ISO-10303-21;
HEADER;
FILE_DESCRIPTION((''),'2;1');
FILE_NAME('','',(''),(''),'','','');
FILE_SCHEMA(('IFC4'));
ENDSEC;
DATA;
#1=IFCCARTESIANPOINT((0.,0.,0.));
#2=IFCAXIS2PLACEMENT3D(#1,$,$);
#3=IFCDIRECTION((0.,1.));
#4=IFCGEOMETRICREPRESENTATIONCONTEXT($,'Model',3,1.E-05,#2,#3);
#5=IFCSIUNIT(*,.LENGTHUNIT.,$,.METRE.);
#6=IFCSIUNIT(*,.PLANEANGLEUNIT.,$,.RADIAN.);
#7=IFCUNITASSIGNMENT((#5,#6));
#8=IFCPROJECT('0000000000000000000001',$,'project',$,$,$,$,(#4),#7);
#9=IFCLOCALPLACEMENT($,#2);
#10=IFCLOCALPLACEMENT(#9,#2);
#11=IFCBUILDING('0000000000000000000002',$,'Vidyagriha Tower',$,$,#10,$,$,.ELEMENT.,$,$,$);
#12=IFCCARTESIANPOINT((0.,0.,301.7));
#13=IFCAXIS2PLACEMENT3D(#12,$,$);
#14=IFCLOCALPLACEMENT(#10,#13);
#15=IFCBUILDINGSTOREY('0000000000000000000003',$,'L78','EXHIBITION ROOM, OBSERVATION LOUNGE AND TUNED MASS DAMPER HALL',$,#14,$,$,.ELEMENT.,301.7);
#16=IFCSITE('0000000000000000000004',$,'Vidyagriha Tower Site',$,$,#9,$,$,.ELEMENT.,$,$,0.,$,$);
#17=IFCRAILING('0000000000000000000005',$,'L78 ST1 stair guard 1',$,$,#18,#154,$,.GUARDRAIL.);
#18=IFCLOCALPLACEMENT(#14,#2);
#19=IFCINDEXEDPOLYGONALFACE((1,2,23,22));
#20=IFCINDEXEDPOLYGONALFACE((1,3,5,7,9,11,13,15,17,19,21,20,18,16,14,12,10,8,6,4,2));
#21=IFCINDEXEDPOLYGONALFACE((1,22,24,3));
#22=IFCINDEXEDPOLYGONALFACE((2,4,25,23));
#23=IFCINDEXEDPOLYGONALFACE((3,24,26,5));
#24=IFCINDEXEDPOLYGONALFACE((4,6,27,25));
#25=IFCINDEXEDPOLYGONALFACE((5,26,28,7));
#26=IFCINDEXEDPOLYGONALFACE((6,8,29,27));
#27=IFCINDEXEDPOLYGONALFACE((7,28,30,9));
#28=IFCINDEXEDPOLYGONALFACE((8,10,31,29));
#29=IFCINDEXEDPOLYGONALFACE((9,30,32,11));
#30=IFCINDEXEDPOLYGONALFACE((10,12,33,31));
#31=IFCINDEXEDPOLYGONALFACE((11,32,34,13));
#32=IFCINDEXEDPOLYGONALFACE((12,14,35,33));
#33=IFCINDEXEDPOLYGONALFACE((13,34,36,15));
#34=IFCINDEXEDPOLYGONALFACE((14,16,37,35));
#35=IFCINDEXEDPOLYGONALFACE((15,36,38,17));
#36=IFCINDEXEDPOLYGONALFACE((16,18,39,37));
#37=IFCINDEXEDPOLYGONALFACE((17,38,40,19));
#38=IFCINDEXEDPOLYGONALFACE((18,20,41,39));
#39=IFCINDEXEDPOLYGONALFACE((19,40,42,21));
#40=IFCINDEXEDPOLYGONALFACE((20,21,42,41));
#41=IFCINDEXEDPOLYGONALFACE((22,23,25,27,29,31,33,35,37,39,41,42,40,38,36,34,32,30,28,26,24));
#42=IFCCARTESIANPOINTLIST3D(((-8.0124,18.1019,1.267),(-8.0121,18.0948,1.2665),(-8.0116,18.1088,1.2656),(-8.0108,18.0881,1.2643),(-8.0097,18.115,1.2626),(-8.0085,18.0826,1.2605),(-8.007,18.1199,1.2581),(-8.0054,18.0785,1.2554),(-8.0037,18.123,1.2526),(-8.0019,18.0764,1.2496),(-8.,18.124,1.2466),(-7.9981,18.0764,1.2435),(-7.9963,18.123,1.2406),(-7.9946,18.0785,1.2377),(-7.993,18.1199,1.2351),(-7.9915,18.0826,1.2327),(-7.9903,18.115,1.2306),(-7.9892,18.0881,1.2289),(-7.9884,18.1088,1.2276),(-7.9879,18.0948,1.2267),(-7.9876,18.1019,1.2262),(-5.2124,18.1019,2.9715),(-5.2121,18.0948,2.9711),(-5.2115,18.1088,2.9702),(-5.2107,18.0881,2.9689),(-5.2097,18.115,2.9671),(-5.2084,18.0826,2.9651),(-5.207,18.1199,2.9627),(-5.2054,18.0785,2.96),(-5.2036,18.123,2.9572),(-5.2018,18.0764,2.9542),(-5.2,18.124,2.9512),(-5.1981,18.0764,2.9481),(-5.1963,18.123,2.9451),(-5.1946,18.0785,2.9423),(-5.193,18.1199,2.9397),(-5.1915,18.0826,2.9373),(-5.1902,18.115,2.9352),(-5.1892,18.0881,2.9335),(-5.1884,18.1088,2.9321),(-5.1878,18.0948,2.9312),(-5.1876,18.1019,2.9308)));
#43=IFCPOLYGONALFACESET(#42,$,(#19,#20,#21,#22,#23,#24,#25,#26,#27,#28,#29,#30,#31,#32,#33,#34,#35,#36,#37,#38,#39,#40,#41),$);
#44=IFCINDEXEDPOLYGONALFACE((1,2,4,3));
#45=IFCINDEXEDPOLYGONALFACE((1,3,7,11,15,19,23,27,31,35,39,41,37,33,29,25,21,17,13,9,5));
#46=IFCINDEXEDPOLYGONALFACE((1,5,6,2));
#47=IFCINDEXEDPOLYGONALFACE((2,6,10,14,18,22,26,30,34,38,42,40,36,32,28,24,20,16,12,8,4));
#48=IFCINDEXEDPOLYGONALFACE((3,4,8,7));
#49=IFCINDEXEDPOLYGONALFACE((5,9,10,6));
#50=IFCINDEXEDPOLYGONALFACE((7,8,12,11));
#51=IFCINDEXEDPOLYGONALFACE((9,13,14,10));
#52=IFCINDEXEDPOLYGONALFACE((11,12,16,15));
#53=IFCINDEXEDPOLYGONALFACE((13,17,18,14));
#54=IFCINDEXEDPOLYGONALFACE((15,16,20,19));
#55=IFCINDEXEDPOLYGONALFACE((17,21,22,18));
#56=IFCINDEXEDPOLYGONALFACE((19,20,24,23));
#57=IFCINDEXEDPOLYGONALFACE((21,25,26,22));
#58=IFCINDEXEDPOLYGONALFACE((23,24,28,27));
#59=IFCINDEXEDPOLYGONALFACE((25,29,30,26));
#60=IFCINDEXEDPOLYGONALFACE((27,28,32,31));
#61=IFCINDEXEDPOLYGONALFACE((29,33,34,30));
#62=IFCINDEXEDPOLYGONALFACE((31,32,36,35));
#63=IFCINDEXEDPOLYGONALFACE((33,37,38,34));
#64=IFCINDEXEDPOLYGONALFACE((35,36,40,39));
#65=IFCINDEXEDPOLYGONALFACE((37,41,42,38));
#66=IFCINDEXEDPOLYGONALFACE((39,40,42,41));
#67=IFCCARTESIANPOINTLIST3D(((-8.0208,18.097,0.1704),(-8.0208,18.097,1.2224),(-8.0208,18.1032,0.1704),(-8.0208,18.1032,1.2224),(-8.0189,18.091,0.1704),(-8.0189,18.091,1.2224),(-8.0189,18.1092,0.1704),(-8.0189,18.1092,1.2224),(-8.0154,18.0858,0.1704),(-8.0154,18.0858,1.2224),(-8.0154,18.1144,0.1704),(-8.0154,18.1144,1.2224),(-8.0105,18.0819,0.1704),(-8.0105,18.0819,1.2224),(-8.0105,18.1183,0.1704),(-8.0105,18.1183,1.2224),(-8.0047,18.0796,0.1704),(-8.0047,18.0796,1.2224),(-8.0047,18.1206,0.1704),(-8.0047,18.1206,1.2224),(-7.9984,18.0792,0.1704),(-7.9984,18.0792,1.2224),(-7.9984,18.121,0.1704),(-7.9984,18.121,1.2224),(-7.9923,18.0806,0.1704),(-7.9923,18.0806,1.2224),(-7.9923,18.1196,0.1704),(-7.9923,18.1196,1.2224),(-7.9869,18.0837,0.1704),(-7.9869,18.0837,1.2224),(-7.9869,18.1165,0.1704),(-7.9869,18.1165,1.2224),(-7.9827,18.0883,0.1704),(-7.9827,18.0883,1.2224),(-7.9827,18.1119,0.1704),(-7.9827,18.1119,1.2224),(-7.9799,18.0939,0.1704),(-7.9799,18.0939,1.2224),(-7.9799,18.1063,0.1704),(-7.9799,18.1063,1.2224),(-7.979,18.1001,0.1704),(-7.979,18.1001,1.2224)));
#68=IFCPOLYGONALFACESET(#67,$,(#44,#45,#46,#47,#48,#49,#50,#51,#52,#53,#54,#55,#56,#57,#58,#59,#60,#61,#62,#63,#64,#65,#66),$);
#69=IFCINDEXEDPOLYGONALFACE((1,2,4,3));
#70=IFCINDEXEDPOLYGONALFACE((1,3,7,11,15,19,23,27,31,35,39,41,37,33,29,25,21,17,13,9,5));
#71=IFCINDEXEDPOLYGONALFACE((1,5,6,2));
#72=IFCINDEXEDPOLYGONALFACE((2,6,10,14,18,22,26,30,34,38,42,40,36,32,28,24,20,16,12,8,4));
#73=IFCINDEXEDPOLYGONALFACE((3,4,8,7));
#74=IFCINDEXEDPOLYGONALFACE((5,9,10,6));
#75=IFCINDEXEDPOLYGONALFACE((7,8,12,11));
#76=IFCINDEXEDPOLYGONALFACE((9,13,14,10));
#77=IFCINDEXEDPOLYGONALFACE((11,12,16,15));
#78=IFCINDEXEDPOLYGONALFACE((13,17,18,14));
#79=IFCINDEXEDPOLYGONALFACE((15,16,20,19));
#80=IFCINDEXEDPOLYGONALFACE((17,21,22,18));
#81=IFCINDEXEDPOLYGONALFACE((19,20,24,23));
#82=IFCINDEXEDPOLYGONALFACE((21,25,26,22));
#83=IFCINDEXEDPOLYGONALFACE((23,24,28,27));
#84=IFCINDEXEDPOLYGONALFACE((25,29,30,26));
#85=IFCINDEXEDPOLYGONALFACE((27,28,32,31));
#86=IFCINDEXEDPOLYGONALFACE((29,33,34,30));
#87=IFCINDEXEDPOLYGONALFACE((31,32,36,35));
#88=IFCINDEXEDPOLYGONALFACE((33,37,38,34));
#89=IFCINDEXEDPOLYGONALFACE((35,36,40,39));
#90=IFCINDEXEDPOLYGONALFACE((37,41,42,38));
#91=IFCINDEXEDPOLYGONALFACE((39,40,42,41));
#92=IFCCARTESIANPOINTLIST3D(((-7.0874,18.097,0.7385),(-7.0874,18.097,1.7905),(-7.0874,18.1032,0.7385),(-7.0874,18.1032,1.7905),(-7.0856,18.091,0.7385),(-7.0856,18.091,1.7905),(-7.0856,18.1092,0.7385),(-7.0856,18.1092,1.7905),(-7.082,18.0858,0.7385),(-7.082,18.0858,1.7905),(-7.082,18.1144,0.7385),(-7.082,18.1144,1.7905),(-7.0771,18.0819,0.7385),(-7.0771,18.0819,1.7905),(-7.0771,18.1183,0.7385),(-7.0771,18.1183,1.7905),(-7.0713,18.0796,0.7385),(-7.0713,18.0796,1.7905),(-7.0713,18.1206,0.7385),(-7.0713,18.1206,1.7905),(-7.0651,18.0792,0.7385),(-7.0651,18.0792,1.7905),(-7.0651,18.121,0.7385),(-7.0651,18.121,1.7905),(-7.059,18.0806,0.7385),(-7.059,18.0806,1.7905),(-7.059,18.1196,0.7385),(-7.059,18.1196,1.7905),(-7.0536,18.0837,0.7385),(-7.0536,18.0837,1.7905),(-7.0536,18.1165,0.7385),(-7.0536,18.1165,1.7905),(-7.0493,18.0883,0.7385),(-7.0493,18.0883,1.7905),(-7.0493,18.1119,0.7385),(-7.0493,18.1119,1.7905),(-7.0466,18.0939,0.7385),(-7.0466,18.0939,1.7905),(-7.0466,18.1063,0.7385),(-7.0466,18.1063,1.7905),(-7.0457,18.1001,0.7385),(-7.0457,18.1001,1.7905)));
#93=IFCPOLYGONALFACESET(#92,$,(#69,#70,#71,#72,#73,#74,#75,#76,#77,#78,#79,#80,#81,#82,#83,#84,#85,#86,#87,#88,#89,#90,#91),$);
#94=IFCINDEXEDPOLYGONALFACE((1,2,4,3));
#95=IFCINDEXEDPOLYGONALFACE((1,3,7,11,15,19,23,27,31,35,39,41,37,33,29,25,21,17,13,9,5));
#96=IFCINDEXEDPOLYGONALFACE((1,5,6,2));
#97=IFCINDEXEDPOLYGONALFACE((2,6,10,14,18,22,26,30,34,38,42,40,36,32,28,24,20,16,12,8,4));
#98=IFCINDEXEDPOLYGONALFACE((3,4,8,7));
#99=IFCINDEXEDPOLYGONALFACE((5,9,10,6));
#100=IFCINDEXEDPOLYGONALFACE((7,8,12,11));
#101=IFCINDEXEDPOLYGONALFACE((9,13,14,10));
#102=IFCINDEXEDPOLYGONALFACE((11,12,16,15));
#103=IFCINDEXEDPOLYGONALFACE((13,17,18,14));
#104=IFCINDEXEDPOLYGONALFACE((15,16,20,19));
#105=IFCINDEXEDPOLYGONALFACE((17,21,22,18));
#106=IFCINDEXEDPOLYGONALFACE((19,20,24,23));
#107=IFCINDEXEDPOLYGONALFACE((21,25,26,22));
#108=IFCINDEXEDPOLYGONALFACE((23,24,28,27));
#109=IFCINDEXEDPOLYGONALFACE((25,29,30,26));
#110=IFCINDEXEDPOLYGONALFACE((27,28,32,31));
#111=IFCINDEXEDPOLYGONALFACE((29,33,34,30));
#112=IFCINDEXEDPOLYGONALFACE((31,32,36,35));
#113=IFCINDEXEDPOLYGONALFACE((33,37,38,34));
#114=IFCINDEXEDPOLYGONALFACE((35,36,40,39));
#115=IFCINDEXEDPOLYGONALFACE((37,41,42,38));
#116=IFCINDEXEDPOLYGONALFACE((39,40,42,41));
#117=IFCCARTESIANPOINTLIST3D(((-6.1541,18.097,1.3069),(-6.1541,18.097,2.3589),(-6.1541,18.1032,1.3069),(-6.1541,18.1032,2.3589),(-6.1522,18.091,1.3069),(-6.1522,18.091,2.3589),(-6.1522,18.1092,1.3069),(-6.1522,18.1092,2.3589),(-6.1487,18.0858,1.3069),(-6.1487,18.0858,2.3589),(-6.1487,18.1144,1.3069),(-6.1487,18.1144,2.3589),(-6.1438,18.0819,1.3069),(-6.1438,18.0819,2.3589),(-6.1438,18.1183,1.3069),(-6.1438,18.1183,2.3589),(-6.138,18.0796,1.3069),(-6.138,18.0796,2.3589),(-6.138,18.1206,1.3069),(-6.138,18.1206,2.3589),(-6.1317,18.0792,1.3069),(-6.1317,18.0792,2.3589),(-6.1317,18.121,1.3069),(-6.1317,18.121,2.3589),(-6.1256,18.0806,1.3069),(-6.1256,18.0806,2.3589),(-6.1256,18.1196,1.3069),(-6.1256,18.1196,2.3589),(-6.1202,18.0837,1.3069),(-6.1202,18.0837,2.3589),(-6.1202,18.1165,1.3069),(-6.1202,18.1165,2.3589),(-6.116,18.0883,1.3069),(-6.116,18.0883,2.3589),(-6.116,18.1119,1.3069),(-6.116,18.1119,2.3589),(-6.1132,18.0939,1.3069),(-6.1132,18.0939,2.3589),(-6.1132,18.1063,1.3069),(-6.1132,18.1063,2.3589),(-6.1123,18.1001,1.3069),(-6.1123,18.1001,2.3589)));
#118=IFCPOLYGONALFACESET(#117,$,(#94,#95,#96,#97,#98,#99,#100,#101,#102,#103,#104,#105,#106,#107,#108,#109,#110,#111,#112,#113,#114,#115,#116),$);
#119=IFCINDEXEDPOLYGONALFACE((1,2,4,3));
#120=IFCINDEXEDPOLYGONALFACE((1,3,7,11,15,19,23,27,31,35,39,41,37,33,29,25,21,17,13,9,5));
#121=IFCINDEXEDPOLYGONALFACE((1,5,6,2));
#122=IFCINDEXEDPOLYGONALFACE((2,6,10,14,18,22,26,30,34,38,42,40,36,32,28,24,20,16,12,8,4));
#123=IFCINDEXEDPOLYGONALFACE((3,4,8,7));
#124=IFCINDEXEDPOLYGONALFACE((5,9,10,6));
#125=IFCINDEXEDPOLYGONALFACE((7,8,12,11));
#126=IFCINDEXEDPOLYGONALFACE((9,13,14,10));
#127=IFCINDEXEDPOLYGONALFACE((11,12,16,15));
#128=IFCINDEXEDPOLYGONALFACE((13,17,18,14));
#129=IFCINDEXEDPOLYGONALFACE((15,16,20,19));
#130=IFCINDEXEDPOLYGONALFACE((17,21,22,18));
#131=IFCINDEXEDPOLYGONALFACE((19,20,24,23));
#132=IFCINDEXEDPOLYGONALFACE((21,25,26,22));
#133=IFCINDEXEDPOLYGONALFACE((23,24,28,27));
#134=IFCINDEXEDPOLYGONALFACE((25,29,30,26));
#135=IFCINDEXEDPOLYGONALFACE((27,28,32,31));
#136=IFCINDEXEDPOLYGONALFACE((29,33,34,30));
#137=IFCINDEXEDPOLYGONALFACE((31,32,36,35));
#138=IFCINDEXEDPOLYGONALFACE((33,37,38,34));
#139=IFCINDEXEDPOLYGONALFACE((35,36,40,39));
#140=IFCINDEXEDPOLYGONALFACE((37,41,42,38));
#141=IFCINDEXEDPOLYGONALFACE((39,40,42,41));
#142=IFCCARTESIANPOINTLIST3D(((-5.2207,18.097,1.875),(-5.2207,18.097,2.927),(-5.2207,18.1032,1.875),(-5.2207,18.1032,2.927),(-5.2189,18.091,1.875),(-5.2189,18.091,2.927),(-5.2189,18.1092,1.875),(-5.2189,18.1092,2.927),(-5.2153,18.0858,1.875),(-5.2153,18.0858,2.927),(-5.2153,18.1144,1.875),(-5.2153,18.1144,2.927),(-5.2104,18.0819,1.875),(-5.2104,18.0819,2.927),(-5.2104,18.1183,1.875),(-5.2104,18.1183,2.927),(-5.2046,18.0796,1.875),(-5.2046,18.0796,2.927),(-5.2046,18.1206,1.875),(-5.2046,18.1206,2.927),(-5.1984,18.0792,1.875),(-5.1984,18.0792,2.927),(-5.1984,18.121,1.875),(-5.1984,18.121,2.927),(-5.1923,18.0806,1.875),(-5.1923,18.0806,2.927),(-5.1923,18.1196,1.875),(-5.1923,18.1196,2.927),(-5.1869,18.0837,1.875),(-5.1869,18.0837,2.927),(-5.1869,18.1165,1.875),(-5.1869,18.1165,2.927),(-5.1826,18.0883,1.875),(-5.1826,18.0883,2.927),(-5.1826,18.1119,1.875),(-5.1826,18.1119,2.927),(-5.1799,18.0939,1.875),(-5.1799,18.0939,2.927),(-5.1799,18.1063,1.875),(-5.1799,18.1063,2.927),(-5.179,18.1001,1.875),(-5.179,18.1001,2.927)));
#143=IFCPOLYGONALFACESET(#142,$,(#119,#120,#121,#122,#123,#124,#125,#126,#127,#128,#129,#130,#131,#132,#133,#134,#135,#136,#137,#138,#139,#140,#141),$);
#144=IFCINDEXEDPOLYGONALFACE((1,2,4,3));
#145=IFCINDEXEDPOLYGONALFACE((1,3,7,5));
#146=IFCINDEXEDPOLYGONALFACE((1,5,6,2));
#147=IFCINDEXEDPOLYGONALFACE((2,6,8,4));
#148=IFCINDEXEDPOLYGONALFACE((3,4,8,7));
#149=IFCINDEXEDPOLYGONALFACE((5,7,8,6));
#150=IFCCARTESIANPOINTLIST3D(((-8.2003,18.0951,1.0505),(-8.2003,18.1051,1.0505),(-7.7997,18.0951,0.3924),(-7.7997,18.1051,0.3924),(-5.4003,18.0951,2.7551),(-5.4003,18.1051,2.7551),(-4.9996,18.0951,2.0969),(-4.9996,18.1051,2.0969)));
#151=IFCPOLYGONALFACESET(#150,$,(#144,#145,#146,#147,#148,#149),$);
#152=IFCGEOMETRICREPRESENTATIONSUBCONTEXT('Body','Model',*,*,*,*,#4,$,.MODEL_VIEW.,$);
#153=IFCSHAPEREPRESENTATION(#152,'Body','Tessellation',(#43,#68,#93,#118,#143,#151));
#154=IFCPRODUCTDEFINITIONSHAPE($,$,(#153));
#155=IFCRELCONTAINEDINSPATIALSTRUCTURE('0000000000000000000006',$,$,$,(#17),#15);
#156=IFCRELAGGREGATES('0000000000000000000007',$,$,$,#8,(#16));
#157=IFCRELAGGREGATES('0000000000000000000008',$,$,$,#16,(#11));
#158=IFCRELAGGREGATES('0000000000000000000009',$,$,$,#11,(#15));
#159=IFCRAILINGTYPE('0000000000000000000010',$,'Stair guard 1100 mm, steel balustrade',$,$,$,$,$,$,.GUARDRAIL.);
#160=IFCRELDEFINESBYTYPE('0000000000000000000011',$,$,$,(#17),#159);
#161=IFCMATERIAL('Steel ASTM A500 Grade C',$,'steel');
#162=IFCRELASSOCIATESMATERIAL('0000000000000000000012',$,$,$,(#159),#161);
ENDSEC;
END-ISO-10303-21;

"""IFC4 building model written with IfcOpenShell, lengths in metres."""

from ifc_helpers import new_model, si_unit, direction, frame, origin, origin_2d, place, context, subcontext, project, spatial, rectangle, circle, extrude, material, type_object, element, save


model = new_model("IFC4")

# Units and contexts
model_context = context("Model", 3, precision=1e-05, world=origin(), true_north=direction((0.0, 1.0)))
body_context = subcontext(model_context, "Body", "Model", "MODEL_VIEW")
ifc_project = project(units=[si_unit("LENGTHUNIT", "METRE"), si_unit("PLANEANGLEUNIT", "RADIAN")], contexts=[model_context])

# Site, building, storey
site_placement = place(None, origin())
site = spatial("IfcSite", under=ifc_project, at=site_placement, Name="Vidyagriha Tower Site", CompositionType="ELEMENT", RefElevation=0.0)
building_placement = place(site_placement, origin())
building = spatial("IfcBuilding", under=site, at=building_placement, Name="Vidyagriha Tower", CompositionType="ELEMENT")
storey_placement = place(building_placement, frame((0.0, 0.0, 301.7)))
storey = spatial("IfcBuildingStorey", under=building, at=storey_placement, Name="L78", Description="EXHIBITION ROOM, OBSERVATION LOUNGE AND TUNED MASS DAMPER HALL", CompositionType="ELEMENT", Elevation=301.7)

# Railing
ifc_material_1 = material(Name="Steel ASTM A500 Grade C", Category="steel")
railing_type_1 = type_object("IfcRailingType", Name="Stair guard 1100 mm, steel balustrade", PredefinedType="GUARDRAIL", material=ifc_material_1)
for number, where, name in (
    (1, (-8.0, 18.1001, 0.1704), "L78 ST1 stair guard 1"),
):
    element("IfcRailing", number, at=place(storey_placement, frame(where)), inside=storey, type_object=railing_type_1, Name=name, PredefinedType="GUARDRAIL", context=body_context, shape_type="SweptSolid", body=[
        extrude(circle(Radius=0.0239, at=origin_2d()), frame((0.0, 0.0, 1.0762), z_axis=(0.85417, 0.0, 0.519994), x_axis=(0.0, 1.0, 0.0)), (0.0, 0.0, 1.0), 3.2781),
        extrude(circle(Radius=0.021, at=origin_2d()), origin(), (0.0, 0.0, 1.0), 1.052),
        extrude(circle(Radius=0.021, at=origin_2d()), frame((0.9333, 0.0, 0.5681)), (0.0, 0.0, 1.0), 1.052),
        extrude(circle(Radius=0.021, at=origin_2d()), frame((1.8667, 0.0, 1.1365)), (0.0, 0.0, 1.0), 1.052),
        extrude(circle(Radius=0.021, at=origin_2d()), frame((2.8, 0.0, 1.7046)), (0.0, 0.0, 1.0), 1.052),
        extrude(rectangle(XDim=0.01, YDim=0.7705, at=origin_2d()), frame((0.0, 0.0, 0.551), z_axis=(0.85417, 0.0, 0.519994), x_axis=(0.0, 1.0, 0.0)), (0.0, 0.0, 1.0), 3.2781),
    ])

save(model, "model.ifc")
